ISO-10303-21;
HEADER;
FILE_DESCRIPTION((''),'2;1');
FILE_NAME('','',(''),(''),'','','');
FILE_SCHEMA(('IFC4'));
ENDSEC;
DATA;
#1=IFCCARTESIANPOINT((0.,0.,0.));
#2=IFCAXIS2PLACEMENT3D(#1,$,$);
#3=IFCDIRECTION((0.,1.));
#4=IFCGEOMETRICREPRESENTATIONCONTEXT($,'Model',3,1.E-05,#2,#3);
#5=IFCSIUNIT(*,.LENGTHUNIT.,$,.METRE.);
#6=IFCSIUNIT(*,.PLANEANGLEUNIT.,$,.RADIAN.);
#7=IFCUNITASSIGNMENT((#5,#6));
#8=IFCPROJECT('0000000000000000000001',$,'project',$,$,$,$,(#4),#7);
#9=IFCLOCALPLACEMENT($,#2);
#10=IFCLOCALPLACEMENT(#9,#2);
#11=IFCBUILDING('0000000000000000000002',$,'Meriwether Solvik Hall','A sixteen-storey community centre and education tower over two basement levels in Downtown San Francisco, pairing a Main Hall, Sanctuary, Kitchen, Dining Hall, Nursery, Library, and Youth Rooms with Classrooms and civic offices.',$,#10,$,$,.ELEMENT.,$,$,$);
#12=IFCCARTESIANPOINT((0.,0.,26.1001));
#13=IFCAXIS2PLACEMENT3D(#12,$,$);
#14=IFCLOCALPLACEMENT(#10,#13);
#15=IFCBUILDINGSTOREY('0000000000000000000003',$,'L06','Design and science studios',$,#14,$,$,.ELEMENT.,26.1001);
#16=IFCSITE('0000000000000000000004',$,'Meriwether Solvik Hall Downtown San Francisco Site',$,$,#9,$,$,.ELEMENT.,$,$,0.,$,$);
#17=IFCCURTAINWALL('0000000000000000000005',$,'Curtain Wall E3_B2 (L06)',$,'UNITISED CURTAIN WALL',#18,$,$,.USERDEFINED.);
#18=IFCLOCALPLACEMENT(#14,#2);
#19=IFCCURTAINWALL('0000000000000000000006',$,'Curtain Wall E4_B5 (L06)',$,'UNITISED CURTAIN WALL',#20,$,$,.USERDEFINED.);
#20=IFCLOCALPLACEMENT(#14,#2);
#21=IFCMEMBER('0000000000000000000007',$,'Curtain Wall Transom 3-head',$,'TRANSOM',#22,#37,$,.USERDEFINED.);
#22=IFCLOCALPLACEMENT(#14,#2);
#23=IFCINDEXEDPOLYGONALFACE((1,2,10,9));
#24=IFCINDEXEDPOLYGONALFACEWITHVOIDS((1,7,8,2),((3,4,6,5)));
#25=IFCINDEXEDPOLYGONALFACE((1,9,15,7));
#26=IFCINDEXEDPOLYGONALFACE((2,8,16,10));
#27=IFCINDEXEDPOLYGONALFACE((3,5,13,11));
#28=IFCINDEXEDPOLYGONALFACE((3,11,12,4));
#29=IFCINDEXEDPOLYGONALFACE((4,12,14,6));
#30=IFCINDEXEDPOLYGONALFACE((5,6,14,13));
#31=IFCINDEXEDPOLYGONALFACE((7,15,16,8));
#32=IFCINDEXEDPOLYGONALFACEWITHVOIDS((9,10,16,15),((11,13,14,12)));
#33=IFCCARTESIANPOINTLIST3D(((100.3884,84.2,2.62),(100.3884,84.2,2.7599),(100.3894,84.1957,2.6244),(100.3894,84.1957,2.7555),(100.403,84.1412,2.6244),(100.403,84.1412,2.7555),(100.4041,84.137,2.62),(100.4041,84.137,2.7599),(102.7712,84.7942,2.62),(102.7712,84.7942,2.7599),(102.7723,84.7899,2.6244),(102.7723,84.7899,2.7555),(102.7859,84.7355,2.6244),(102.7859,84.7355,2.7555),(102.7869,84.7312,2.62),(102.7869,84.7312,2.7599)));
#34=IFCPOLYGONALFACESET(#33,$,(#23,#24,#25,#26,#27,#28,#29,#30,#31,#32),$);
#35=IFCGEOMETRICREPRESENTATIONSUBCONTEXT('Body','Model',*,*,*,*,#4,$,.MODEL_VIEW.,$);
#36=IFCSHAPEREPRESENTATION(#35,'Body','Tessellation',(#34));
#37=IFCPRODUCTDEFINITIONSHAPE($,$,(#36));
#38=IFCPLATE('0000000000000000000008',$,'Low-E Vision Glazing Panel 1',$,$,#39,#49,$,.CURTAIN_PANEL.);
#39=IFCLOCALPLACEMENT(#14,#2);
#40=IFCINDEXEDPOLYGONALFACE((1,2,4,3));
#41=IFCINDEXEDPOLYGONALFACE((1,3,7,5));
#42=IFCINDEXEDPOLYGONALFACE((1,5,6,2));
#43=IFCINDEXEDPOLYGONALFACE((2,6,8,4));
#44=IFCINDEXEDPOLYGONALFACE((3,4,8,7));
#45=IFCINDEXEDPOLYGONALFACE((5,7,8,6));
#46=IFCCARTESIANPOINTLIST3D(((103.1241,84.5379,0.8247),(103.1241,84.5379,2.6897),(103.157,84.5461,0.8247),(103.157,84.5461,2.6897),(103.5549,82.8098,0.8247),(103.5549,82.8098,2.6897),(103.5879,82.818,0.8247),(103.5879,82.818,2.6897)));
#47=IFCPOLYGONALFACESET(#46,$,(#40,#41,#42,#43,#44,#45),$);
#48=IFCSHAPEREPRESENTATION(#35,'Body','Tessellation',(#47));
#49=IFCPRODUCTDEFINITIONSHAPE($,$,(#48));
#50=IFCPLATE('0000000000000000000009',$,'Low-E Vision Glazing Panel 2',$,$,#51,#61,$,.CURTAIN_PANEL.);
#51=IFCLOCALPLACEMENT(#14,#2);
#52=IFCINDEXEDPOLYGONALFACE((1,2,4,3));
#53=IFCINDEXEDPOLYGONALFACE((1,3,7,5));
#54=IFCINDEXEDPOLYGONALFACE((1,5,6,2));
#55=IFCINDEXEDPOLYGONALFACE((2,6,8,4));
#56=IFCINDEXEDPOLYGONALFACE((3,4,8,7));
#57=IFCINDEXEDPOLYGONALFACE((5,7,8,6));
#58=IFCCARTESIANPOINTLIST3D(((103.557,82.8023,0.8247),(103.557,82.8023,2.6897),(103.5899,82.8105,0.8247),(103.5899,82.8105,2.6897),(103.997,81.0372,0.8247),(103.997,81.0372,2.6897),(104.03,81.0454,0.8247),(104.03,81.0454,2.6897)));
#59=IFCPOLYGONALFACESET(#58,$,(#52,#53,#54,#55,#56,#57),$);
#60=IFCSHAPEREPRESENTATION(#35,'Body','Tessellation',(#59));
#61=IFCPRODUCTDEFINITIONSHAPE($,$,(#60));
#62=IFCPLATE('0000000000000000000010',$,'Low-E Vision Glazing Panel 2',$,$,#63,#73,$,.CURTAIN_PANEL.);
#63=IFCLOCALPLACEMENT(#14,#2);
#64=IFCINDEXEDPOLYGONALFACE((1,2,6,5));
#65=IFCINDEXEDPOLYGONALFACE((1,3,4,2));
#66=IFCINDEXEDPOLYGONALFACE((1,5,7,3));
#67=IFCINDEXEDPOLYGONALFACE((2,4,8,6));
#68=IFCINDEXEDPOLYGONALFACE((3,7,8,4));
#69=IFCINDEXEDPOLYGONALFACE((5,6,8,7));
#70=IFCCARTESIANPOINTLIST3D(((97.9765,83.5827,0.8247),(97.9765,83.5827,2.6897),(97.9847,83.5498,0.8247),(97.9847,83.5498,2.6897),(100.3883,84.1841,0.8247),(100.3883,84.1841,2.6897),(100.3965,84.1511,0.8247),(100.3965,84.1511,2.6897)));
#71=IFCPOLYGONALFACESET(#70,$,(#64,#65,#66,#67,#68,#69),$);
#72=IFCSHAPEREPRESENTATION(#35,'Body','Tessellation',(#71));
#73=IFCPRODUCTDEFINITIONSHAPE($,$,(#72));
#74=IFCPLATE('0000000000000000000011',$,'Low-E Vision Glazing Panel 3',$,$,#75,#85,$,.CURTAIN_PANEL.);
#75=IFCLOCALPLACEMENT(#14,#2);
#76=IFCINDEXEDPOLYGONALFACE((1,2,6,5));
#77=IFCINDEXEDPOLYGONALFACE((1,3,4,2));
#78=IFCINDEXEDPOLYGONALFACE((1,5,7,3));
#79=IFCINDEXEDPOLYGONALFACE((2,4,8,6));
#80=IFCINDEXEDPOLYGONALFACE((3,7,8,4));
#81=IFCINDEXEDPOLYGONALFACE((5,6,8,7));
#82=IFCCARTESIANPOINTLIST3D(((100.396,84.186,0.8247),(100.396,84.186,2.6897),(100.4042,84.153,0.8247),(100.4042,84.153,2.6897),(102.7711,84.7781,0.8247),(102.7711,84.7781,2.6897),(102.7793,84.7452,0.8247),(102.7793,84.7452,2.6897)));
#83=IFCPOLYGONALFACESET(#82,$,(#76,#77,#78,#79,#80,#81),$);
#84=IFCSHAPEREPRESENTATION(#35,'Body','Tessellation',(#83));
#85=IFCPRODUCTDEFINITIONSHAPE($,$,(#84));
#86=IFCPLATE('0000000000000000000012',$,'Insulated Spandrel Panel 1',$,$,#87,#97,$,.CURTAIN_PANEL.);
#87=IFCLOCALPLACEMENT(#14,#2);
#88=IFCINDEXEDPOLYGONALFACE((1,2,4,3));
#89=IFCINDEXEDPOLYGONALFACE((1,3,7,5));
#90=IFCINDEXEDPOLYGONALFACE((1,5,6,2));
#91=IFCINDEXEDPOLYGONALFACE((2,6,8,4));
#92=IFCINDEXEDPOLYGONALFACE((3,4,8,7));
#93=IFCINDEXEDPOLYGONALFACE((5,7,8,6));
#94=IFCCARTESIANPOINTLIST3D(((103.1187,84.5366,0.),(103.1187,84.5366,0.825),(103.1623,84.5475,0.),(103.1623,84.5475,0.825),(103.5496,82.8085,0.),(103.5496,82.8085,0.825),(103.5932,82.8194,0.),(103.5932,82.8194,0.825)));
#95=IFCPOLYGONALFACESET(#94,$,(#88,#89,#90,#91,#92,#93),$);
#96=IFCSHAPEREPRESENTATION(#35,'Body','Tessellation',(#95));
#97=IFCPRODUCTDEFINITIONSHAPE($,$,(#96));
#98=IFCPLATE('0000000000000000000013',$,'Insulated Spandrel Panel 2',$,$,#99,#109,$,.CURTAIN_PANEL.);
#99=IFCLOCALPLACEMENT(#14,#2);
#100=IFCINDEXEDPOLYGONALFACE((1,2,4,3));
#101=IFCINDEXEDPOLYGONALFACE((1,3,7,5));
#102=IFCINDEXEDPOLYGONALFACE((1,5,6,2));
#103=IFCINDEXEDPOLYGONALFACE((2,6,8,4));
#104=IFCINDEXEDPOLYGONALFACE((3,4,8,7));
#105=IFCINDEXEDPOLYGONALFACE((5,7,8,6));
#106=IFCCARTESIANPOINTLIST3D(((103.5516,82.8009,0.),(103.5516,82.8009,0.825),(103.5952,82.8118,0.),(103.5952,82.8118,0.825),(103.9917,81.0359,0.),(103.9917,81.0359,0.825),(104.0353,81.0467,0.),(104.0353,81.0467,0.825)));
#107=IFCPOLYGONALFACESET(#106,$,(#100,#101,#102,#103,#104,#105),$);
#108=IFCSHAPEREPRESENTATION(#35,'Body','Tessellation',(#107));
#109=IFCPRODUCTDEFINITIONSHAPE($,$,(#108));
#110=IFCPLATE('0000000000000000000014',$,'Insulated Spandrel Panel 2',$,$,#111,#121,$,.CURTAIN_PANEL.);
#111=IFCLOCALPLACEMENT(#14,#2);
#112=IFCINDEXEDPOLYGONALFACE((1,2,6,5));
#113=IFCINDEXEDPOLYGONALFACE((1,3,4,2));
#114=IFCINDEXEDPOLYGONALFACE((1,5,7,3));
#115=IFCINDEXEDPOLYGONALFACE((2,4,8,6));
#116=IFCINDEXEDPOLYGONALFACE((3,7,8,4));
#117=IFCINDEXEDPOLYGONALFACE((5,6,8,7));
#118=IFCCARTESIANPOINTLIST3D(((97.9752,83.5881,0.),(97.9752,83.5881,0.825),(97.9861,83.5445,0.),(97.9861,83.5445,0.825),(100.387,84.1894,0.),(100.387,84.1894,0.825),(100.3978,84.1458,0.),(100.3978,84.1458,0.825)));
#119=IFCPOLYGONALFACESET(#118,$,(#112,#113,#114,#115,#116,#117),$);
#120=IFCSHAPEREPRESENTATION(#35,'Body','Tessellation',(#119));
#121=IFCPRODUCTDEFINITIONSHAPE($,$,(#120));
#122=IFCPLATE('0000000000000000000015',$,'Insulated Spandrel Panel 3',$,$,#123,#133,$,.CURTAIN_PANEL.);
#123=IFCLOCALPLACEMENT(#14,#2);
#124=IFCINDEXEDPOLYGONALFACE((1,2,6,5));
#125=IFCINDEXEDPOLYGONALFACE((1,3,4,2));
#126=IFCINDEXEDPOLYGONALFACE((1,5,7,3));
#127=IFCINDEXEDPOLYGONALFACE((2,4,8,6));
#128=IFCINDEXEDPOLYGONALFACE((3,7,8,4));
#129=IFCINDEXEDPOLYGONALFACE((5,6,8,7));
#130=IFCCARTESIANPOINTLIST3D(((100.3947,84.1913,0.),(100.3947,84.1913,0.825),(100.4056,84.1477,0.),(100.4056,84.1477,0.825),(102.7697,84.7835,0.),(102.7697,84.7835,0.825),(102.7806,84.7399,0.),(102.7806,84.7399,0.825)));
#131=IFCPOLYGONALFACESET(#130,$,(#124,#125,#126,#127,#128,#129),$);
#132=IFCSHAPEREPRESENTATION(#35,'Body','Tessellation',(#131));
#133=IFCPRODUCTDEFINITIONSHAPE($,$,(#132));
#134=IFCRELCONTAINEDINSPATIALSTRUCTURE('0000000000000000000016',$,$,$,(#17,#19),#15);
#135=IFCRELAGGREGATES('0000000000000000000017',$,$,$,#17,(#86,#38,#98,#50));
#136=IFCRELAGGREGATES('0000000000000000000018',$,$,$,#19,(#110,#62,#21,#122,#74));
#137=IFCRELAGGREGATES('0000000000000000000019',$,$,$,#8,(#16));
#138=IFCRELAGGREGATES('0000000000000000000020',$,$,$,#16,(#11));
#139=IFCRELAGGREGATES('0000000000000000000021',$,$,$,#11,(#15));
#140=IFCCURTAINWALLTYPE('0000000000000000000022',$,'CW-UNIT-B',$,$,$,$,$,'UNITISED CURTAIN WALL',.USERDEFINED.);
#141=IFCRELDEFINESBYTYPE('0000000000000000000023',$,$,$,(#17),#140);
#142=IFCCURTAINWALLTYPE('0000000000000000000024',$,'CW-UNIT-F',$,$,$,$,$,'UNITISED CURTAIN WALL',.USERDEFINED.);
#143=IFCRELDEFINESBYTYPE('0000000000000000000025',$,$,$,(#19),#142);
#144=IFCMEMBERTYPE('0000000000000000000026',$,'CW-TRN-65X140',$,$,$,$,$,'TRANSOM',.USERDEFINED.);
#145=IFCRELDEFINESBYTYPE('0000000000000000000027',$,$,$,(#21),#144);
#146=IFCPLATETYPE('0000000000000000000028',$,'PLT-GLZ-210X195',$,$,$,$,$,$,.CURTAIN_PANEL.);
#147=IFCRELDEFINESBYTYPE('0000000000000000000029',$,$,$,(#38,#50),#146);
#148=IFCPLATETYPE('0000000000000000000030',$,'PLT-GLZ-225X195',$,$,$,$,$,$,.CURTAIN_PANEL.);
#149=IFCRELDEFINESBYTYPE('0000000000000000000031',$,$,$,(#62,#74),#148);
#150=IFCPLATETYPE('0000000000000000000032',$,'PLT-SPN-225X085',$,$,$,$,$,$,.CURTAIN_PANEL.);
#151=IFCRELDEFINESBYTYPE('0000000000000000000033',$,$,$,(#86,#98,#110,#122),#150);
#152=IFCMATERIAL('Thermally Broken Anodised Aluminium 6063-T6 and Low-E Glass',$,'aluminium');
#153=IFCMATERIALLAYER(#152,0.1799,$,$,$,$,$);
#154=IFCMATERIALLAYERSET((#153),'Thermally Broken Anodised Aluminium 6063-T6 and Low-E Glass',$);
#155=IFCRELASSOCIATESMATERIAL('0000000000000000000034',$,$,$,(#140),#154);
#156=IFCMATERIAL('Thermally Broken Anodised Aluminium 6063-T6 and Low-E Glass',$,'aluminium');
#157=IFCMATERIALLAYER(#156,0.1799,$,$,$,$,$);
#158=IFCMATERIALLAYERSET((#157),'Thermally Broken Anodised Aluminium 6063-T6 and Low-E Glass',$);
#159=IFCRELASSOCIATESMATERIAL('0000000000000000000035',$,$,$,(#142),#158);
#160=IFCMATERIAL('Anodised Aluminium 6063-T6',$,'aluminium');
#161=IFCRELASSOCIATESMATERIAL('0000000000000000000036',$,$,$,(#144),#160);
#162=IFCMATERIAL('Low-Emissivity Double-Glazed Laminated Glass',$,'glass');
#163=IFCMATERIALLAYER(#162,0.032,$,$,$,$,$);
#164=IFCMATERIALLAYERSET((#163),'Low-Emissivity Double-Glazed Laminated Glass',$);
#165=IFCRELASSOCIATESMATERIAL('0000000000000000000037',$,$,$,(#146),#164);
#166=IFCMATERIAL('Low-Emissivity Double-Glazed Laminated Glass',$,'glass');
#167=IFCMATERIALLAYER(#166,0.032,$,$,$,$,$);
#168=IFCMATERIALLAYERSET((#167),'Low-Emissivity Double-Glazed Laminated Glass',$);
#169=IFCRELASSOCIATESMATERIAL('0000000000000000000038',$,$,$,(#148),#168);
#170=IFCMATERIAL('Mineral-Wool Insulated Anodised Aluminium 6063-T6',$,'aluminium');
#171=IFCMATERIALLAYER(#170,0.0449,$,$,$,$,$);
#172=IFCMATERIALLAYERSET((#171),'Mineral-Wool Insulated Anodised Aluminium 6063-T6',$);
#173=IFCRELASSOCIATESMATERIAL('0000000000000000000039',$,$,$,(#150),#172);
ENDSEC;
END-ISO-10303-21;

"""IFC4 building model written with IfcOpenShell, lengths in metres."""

from ifc_helpers import new_model, si_unit, direction, frame, origin, origin_2d, place, context, subcontext, project, spatial, rectangle, hollow_rectangle, extrude, material, layer, layer_set, material_profile, profile_set, type_object, element, aggregate, save


model = new_model("IFC4")

# Units and contexts
model_context = context("Model", 3, precision=1e-05, world=origin(), true_north=direction((0.0, 1.0)))
body_context = subcontext(model_context, "Body", "Model", "MODEL_VIEW")
ifc_project = project(units=[si_unit("LENGTHUNIT", "METRE"), si_unit("PLANEANGLEUNIT", "RADIAN")], contexts=[model_context])

# Site, building, storey
site_placement = place(None, origin())
site = spatial("IfcSite", under=ifc_project, at=site_placement, Name="Meriwether Solvik Hall Downtown San Francisco Site", CompositionType="ELEMENT", RefElevation=0.0)
building_placement = place(site_placement, origin())
building = spatial("IfcBuilding", under=site, at=building_placement, Name="Meriwether Solvik Hall", Description="A sixteen-storey community centre and education tower over two basement levels in Downtown San Francisco, pairing a Main Hall, Sanctuary, Kitchen, Dining Hall, Nursery, Library, and Youth Rooms with Classrooms and civic offices.", CompositionType="ELEMENT")
storey_placement = place(building_placement, frame((0.0, 0.0, 26.1001)))
storey = spatial("IfcBuildingStorey", under=building, at=storey_placement, Name="L06", Description="Design and science studios", CompositionType="ELEMENT", Elevation=26.1001)

# Curtain walls
ifc_material_1 = material(Name="Thermally Broken Anodised Aluminium 6063-T6 and Low-E Glass", Category="aluminium")
ifc_layer_1 = layer(ifc_material_1, 0.1799)
ifc_layer_set_1 = layer_set([ifc_layer_1], Name="Thermally Broken Anodised Aluminium 6063-T6 and Low-E Glass")
curtain_wall_type_1 = type_object("IfcCurtainWallType", Name="CW-UNIT-B", ElementType="UNITISED CURTAIN WALL", PredefinedType="USERDEFINED", material=ifc_layer_set_1)
curtain_wall_1_placement = place(storey_placement, origin())
curtain_wall_1 = element("IfcCurtainWall", 1, at=curtain_wall_1_placement, inside=storey, type_object=curtain_wall_type_1, Name="Curtain Wall E3_B2 (L06)", ObjectType="UNITISED CURTAIN WALL", PredefinedType="USERDEFINED")
ifc_material_2 = material(Name="Thermally Broken Anodised Aluminium 6063-T6 and Low-E Glass", Category="aluminium")
ifc_layer_2 = layer(ifc_material_2, 0.1799)
ifc_layer_set_2 = layer_set([ifc_layer_2], Name="Thermally Broken Anodised Aluminium 6063-T6 and Low-E Glass")
curtain_wall_type_2 = type_object("IfcCurtainWallType", Name="CW-UNIT-F", ElementType="UNITISED CURTAIN WALL", PredefinedType="USERDEFINED", material=ifc_layer_set_2)
curtain_wall_2_placement = place(storey_placement, origin())
curtain_wall_2 = element("IfcCurtainWall", 2, at=curtain_wall_2_placement, inside=storey, type_object=curtain_wall_type_2, Name="Curtain Wall E4_B5 (L06)", ObjectType="UNITISED CURTAIN WALL", PredefinedType="USERDEFINED")

# Member
ifc_material_3 = material(Name="Anodised Aluminium 6063-T6", Category="aluminium")
ifc_material_profile_1 = material_profile(ifc_material_3, hollow_rectangle(XDim=0.0649, YDim=0.1399, WallThickness=0.0044, at=origin_2d()), Name="CWT-65X140")
ifc_profile_set_1 = profile_set([ifc_material_profile_1], Name="Anodised Aluminium 6063-T6")
member_type_1 = type_object("IfcMemberType", Name="CW-TRN-65X140", ElementType="TRANSOM", PredefinedType="USERDEFINED", material=ifc_profile_set_1)
member_1_placement = place(storey_placement, frame((100.3962, 84.1685, 2.6899), z_axis=(0.970283, 0.241974, 0.0), x_axis=(-0.241974, 0.970283, 0.0)))
member_1 = element("IfcMember", 3, at=member_1_placement, type_object=member_type_1, Name="Curtain Wall Transom 3-head", ObjectType="TRANSOM", PredefinedType="USERDEFINED", context=body_context, shape_type="SweptSolid", body=[
    extrude(hollow_rectangle(XDim=0.0649, YDim=0.1399, WallThickness=0.0044, at=origin_2d()), origin(), (0.0, 0.0, 1.0), 2.4558),
])

# Plates
ifc_material_4 = material(Name="Low-Emissivity Double-Glazed Laminated Glass", Category="glass")
ifc_layer_3 = layer(ifc_material_4, 0.032)
ifc_layer_set_3 = layer_set([ifc_layer_3], Name="Low-Emissivity Double-Glazed Laminated Glass")
plate_type_1 = type_object("IfcPlateType", Name="PLT-GLZ-210X195", PredefinedType="CURTAIN_PANEL", material=ifc_layer_set_3)
plate_1_placement = place(storey_placement, frame((103.356, 83.678, 0.8247), z_axis=(0.0, 0.0, 1.0), x_axis=(0.241922, -0.970296, 0.0)))
plate_1 = element("IfcPlate", 4, at=plate_1_placement, type_object=plate_type_1, Name="Low-E Vision Glazing Panel 1", PredefinedType="CURTAIN_PANEL", context=body_context, shape_type="SweptSolid", body=[
    extrude(rectangle(XDim=1.781, YDim=0.0339, at=origin_2d()), origin(), (0.0, 0.0, 1.0), 1.865),
])
plate_2_placement = place(storey_placement, frame((103.7935, 81.9238, 0.8247), z_axis=(0.0, 0.0, 1.0), x_axis=(0.241922, -0.970296, 0.0)))
plate_2 = element("IfcPlate", 5, at=plate_2_placement, type_object=plate_type_1, Name="Low-E Vision Glazing Panel 2", PredefinedType="CURTAIN_PANEL", context=body_context, shape_type="SweptSolid", body=[
    extrude(rectangle(XDim=1.8191, YDim=0.0339, at=origin_2d()), origin(), (0.0, 0.0, 1.0), 1.865),
])
ifc_material_5 = material(Name="Low-Emissivity Double-Glazed Laminated Glass", Category="glass")
ifc_layer_4 = layer(ifc_material_5, 0.032)
ifc_layer_set_4 = layer_set([ifc_layer_4], Name="Low-Emissivity Double-Glazed Laminated Glass")
plate_type_2 = type_object("IfcPlateType", Name="PLT-GLZ-225X195", PredefinedType="CURTAIN_PANEL", material=ifc_layer_set_4)
plate_3_placement = place(storey_placement, frame((99.1865, 83.8669, 0.8247), z_axis=(0.0, 0.0, 1.0), x_axis=(0.970296, 0.241922, 0.0)))
plate_3 = element("IfcPlate", 6, at=plate_3_placement, type_object=plate_type_2, Name="Low-E Vision Glazing Panel 2", PredefinedType="CURTAIN_PANEL", context=body_context, shape_type="SweptSolid", body=[
    extrude(rectangle(XDim=2.4856, YDim=0.0339, at=origin_2d()), origin(), (0.0, 0.0, 1.0), 1.865),
])
plate_4_placement = place(storey_placement, frame((101.5876, 84.4656, 0.8247), z_axis=(0.0, 0.0, 1.0), x_axis=(0.970296, 0.241922, 0.0)))
plate_4 = element("IfcPlate", 7, at=plate_4_placement, type_object=plate_type_2, Name="Low-E Vision Glazing Panel 3", PredefinedType="CURTAIN_PANEL", context=body_context, shape_type="SweptSolid", body=[
    extrude(rectangle(XDim=2.4478, YDim=0.0339, at=origin_2d()), origin(), (0.0, 0.0, 1.0), 1.865),
])
ifc_material_6 = material(Name="Mineral-Wool Insulated Anodised Aluminium 6063-T6", Category="aluminium")
ifc_layer_5 = layer(ifc_material_6, 0.0449)
ifc_layer_set_5 = layer_set([ifc_layer_5], Name="Mineral-Wool Insulated Anodised Aluminium 6063-T6")
plate_type_3 = type_object("IfcPlateType", Name="PLT-SPN-225X085", PredefinedType="CURTAIN_PANEL", material=ifc_layer_set_5)
plate_5_placement = place(storey_placement, frame((103.356, 83.678, 0.0), z_axis=(0.0, 0.0, 1.0), x_axis=(0.241922, -0.970296, 0.0)))
plate_5 = element("IfcPlate", 8, at=plate_5_placement, type_object=plate_type_3, Name="Insulated Spandrel Panel 1", PredefinedType="CURTAIN_PANEL", context=body_context, shape_type="SweptSolid", body=[
    extrude(rectangle(XDim=1.781, YDim=0.0449, at=origin_2d()), origin(), (0.0, 0.0, 1.0), 0.825),
])
plate_6_placement = place(storey_placement, frame((103.7935, 81.9238, 0.0), z_axis=(0.0, 0.0, 1.0), x_axis=(0.241922, -0.970296, 0.0)))
plate_6 = element("IfcPlate", 9, at=plate_6_placement, type_object=plate_type_3, Name="Insulated Spandrel Panel 2", PredefinedType="CURTAIN_PANEL", context=body_context, shape_type="SweptSolid", body=[
    extrude(rectangle(XDim=1.8191, YDim=0.0449, at=origin_2d()), origin(), (0.0, 0.0, 1.0), 0.825),
])
aggregate(curtain_wall_1, [plate_5, plate_1, plate_6, plate_2])
plate_7_placement = place(storey_placement, frame((99.1865, 83.8669, 0.0), z_axis=(0.0, 0.0, 1.0), x_axis=(0.970296, 0.241922, 0.0)))
plate_7 = element("IfcPlate", 10, at=plate_7_placement, type_object=plate_type_3, Name="Insulated Spandrel Panel 2", PredefinedType="CURTAIN_PANEL", context=body_context, shape_type="SweptSolid", body=[
    extrude(rectangle(XDim=2.4856, YDim=0.0449, at=origin_2d()), origin(), (0.0, 0.0, 1.0), 0.825),
])
plate_8_placement = place(storey_placement, frame((101.5876, 84.4656, 0.0), z_axis=(0.0, 0.0, 1.0), x_axis=(0.970296, 0.241922, 0.0)))
plate_8 = element("IfcPlate", 11, at=plate_8_placement, type_object=plate_type_3, Name="Insulated Spandrel Panel 3", PredefinedType="CURTAIN_PANEL", context=body_context, shape_type="SweptSolid", body=[
    extrude(rectangle(XDim=2.4478, YDim=0.0449, at=origin_2d()), origin(), (0.0, 0.0, 1.0), 0.825),
])
aggregate(curtain_wall_2, [plate_7, plate_3, member_1, plate_8, plate_4])

save(model, "model.ifc")
